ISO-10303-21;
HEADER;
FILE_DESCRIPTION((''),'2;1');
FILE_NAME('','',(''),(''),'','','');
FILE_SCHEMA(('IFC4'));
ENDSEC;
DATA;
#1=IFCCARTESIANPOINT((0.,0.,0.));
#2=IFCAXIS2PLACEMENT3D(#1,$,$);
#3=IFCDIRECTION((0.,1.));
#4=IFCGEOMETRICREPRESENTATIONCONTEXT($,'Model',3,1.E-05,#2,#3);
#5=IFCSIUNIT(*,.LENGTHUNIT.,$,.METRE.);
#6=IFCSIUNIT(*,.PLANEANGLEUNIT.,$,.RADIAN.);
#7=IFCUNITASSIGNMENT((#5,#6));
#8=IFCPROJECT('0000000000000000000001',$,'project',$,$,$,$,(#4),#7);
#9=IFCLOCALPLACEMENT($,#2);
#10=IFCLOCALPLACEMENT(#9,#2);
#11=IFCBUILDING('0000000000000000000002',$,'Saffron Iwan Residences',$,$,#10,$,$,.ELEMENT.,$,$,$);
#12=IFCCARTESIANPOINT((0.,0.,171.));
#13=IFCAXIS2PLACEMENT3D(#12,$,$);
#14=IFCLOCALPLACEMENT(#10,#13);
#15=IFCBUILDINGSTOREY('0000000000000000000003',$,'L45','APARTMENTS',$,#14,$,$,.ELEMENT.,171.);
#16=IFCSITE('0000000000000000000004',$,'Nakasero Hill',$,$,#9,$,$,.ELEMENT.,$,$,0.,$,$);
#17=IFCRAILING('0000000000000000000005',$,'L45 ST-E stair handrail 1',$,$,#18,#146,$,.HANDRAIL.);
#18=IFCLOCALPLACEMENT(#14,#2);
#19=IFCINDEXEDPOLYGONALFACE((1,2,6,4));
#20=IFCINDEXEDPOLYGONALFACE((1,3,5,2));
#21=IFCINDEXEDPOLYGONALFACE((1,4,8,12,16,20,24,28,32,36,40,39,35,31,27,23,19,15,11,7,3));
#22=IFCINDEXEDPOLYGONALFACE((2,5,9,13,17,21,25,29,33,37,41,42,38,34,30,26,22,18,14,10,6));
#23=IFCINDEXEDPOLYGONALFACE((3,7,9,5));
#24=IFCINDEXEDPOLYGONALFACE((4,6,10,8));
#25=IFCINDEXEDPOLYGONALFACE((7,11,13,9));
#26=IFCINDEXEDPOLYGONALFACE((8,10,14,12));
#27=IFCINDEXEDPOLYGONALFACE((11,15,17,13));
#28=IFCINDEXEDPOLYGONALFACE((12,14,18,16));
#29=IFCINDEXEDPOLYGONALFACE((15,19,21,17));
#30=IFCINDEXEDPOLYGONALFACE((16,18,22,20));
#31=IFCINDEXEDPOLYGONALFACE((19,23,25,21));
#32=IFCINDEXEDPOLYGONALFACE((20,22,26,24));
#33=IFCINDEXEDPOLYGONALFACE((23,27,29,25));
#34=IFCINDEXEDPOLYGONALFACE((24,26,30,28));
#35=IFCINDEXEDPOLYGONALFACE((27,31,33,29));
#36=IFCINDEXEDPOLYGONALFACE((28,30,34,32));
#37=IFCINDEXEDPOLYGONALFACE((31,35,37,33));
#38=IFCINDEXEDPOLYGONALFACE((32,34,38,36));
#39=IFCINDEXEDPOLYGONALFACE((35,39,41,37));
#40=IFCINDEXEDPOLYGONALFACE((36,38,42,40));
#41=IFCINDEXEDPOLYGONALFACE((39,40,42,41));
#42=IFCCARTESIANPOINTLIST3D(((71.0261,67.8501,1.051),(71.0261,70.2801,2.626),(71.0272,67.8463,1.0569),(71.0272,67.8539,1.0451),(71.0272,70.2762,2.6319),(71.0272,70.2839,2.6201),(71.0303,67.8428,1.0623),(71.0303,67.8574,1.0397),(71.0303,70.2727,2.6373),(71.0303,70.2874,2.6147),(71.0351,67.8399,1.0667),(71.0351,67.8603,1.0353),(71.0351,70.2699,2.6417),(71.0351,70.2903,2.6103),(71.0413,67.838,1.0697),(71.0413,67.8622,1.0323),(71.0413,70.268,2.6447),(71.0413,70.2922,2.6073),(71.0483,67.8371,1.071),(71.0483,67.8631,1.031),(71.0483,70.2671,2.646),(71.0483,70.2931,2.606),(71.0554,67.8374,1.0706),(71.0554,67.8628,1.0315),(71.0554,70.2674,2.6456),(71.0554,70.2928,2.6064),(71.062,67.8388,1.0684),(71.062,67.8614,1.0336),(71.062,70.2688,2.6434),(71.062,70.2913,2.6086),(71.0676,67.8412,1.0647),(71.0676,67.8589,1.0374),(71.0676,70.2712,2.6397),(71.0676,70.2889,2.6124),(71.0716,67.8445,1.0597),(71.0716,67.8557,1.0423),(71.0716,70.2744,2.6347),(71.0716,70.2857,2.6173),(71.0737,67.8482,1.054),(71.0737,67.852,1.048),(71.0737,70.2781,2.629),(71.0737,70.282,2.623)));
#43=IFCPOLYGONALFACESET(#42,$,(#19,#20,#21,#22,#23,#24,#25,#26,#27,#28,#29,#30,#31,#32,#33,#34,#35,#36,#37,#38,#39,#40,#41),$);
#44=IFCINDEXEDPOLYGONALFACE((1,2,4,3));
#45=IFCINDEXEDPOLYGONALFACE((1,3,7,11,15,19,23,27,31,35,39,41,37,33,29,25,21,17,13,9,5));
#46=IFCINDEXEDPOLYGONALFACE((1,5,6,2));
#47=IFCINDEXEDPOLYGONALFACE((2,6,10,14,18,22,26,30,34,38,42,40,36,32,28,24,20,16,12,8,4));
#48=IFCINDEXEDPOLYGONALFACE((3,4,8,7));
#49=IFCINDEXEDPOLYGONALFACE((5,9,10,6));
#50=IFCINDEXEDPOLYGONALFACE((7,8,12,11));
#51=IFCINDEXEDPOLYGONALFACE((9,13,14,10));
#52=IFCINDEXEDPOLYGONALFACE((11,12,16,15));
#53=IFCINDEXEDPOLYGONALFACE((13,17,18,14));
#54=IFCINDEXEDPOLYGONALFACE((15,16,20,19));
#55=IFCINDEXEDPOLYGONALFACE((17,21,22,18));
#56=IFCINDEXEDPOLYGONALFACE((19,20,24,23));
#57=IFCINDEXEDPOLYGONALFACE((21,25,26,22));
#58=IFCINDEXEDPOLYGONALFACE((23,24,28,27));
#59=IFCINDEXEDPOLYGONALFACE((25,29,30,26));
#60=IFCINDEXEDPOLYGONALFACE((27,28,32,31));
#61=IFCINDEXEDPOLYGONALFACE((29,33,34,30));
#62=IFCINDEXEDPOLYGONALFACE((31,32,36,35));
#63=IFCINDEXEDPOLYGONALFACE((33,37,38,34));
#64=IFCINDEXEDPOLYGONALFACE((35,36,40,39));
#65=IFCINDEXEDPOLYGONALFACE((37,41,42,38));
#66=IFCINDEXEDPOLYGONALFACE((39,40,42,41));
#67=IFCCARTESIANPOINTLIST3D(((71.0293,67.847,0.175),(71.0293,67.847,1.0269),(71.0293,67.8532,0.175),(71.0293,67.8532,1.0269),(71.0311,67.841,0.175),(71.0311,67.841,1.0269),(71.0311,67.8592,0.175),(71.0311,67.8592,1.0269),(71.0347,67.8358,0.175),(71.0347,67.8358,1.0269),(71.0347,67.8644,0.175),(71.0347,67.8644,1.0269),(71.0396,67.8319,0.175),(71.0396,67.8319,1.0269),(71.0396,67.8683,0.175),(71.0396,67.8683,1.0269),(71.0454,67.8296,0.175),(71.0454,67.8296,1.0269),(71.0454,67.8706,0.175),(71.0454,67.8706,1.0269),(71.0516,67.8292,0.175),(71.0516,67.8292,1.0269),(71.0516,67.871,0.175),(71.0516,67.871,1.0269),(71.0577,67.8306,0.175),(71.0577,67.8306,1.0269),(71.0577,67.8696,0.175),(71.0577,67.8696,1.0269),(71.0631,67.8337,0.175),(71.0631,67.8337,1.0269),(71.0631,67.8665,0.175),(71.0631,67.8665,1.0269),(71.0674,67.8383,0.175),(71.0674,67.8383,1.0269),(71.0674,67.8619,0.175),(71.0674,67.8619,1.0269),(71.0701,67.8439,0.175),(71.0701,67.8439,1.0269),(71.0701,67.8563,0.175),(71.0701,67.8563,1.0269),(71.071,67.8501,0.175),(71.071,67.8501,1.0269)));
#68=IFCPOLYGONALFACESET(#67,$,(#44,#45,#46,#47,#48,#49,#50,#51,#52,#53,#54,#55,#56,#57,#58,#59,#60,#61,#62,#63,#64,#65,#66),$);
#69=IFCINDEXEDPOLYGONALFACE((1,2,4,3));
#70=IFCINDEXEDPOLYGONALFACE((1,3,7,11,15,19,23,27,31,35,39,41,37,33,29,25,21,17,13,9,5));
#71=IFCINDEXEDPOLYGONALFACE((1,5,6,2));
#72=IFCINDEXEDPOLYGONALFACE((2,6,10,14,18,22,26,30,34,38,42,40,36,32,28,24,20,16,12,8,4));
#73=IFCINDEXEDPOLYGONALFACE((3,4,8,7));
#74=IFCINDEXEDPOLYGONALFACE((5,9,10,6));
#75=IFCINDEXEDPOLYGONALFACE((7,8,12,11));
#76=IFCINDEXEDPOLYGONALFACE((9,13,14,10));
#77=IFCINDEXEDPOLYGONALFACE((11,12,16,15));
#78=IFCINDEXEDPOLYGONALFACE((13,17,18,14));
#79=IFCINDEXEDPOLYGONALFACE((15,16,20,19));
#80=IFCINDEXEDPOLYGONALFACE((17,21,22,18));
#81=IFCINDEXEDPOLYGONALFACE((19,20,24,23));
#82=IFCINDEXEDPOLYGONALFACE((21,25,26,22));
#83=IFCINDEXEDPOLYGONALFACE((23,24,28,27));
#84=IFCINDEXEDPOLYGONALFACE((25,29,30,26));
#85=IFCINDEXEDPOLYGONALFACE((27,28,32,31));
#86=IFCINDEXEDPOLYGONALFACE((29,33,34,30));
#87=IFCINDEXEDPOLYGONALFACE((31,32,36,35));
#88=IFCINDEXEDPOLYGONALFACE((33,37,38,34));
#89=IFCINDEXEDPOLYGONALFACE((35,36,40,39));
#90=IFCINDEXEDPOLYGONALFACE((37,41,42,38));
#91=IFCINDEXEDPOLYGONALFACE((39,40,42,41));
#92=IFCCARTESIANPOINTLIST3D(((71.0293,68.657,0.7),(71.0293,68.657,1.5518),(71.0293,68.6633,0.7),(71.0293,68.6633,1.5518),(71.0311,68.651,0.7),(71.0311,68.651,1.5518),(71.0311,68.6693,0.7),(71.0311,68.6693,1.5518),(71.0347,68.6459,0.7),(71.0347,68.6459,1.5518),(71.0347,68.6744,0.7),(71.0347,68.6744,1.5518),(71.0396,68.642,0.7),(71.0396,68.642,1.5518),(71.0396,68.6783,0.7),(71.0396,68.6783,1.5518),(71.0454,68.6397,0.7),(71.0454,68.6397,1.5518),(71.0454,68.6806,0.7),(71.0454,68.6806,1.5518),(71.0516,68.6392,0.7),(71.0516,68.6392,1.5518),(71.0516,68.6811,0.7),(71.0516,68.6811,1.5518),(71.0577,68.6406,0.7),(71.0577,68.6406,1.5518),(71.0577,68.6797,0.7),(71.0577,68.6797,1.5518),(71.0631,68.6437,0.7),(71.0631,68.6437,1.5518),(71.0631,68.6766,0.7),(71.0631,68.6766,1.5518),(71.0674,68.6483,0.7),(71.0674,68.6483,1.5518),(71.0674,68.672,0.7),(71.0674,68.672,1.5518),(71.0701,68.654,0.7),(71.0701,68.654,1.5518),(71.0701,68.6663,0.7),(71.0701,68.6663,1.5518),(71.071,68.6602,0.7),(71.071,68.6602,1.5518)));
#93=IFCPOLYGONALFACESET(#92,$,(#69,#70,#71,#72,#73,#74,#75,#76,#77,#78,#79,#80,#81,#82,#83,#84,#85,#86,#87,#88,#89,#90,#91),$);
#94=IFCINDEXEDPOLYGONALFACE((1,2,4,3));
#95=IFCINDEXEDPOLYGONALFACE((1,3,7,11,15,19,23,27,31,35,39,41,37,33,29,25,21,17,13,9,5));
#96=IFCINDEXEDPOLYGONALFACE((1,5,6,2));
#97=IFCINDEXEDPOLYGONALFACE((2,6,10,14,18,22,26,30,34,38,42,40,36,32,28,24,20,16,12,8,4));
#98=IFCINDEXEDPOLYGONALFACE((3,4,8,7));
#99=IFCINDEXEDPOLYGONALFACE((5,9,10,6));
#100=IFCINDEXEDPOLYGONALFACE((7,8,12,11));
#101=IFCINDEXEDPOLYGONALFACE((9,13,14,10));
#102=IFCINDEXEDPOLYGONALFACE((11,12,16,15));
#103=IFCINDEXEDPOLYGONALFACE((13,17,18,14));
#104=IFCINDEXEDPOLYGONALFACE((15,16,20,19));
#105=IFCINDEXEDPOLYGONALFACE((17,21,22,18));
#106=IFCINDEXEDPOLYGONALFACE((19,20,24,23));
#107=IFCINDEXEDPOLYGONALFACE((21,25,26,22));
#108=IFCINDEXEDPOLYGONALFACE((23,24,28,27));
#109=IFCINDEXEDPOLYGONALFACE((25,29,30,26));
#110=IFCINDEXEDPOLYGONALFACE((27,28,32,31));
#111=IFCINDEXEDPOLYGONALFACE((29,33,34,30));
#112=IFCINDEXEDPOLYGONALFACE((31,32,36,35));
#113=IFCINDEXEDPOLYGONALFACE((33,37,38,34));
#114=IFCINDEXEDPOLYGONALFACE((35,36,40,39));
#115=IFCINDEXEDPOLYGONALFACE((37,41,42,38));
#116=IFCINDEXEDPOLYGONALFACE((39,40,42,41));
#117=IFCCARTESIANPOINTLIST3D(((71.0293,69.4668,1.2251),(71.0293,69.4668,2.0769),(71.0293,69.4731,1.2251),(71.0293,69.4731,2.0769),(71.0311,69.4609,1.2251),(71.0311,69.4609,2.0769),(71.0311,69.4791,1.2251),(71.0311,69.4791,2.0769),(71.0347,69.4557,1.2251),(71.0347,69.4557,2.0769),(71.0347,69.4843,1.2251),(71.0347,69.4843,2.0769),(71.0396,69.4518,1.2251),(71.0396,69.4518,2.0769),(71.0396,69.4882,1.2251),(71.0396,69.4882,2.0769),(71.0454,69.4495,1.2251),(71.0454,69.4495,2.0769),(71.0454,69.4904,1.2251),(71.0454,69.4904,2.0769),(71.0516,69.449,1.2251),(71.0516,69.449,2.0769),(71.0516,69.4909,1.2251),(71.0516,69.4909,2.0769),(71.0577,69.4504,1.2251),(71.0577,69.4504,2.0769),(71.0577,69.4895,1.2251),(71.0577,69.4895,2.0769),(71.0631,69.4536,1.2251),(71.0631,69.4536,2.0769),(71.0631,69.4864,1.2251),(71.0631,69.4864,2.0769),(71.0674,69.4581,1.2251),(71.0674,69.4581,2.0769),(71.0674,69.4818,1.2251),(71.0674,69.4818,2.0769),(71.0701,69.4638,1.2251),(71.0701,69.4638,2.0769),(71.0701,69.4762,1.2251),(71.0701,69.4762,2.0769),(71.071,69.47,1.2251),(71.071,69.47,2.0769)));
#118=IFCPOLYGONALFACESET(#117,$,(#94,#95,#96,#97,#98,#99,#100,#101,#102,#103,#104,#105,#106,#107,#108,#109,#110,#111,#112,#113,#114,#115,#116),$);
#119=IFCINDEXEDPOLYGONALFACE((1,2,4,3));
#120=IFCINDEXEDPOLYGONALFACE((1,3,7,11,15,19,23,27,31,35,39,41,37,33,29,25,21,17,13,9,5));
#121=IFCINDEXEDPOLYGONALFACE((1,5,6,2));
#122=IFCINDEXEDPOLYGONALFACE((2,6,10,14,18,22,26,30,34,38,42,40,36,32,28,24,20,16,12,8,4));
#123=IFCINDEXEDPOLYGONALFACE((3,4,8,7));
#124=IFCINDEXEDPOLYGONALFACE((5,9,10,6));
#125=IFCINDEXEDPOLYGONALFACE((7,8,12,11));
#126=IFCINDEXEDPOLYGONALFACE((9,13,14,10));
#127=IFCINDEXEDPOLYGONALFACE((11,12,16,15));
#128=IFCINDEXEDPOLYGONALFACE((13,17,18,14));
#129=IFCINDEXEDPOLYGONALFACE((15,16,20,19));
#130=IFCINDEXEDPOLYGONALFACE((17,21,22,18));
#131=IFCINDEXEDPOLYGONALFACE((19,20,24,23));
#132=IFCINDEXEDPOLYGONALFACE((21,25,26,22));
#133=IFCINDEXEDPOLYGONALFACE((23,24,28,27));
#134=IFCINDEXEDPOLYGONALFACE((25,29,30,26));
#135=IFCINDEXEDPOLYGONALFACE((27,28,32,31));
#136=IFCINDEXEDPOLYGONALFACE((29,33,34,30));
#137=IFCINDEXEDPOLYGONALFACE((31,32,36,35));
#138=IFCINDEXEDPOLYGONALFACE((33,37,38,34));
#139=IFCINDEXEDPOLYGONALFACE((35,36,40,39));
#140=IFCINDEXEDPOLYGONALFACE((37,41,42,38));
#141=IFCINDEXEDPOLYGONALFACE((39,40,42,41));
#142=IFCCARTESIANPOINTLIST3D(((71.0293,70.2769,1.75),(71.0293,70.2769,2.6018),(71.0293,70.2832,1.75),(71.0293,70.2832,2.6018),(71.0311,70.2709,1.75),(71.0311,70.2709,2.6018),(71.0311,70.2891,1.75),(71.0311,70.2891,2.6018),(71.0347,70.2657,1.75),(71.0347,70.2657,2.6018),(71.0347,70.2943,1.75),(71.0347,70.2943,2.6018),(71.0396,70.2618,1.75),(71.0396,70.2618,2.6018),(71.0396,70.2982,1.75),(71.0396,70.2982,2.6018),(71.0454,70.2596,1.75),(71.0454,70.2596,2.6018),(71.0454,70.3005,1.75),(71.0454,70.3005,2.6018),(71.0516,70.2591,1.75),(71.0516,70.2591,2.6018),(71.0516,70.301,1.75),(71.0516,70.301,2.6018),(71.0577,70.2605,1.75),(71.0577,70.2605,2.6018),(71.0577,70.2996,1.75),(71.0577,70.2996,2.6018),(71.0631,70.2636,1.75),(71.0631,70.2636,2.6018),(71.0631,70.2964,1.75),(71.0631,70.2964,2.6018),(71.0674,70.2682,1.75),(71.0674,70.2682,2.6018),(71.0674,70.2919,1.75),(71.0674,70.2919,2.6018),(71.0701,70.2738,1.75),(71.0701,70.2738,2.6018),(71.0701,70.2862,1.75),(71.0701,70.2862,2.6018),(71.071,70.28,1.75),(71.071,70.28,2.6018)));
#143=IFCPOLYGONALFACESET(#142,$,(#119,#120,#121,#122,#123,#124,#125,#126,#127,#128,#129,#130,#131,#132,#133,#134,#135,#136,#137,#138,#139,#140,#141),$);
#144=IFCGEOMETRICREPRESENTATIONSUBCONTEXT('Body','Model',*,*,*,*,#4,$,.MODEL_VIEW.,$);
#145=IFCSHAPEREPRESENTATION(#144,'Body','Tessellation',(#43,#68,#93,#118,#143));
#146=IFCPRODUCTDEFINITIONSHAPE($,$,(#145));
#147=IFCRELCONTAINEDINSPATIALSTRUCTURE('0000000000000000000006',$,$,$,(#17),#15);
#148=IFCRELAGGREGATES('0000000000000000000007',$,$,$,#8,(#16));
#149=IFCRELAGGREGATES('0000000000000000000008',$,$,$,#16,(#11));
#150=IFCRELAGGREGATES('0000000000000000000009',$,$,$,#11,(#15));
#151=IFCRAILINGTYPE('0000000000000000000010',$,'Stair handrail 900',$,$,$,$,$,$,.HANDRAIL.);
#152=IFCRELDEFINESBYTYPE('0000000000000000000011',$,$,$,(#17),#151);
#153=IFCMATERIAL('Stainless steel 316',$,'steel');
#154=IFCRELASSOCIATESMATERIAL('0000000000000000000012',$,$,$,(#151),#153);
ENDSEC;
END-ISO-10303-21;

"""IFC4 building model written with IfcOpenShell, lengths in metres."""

from ifc_helpers import new_model, si_unit, direction, frame, origin, origin_2d, place, context, subcontext, project, spatial, circle, extrude, material, type_object, element, save


model = new_model("IFC4")

# Units and contexts
model_context = context("Model", 3, precision=1e-05, world=origin(), true_north=direction((0.0, 1.0)))
body_context = subcontext(model_context, "Body", "Model", "MODEL_VIEW")
ifc_project = project(units=[si_unit("LENGTHUNIT", "METRE"), si_unit("PLANEANGLEUNIT", "RADIAN")], contexts=[model_context])

# Site, building, storey
site_placement = place(None, origin())
site = spatial("IfcSite", under=ifc_project, at=site_placement, Name="Nakasero Hill", CompositionType="ELEMENT", RefElevation=0.0)
building_placement = place(site_placement, origin())
building = spatial("IfcBuilding", under=site, at=building_placement, Name="Saffron Iwan Residences", CompositionType="ELEMENT")
storey_placement = place(building_placement, frame((0.0, 0.0, 171.0)))
storey = spatial("IfcBuildingStorey", under=building, at=storey_placement, Name="L45", Description="APARTMENTS", CompositionType="ELEMENT", Elevation=171.0)

# Railing
ifc_material_1 = material(Name="Stainless steel 316", Category="steel")
railing_type_1 = type_object("IfcRailingType", Name="Stair handrail 900", PredefinedType="HANDRAIL", material=ifc_material_1)
railing_1_placement = place(storey_placement, frame((71.05, 67.8501, 0.175)))
element("IfcRailing", 1, at=railing_1_placement, inside=storey, type_object=railing_type_1, Name="L45 ST-E stair handrail 1", PredefinedType="HANDRAIL", context=body_context, shape_type="SweptSolid", body=[
    extrude(circle(Radius=0.0239, at=origin_2d()), frame((0.0, 0.0, 0.876), z_axis=(0.0, 0.839154, 0.543894), x_axis=(-1.0, 0.0, 0.0)), (0.0, 0.0, 1.0), 2.8958),
    extrude(circle(Radius=0.021, at=origin_2d()), origin(), (0.0, 0.0, 1.0), 0.8518),
    extrude(circle(Radius=0.021, at=origin_2d()), frame((0.0, 0.8101, 0.5249)), (0.0, 0.0, 1.0), 0.8518),
    extrude(circle(Radius=0.021, at=origin_2d()), frame((0.0, 1.6199, 1.05)), (0.0, 0.0, 1.0), 0.8518),
    extrude(circle(Radius=0.021, at=origin_2d()), frame((0.0, 2.4299, 1.575)), (0.0, 0.0, 1.0), 0.8518),
])

save(model, "model.ifc")
